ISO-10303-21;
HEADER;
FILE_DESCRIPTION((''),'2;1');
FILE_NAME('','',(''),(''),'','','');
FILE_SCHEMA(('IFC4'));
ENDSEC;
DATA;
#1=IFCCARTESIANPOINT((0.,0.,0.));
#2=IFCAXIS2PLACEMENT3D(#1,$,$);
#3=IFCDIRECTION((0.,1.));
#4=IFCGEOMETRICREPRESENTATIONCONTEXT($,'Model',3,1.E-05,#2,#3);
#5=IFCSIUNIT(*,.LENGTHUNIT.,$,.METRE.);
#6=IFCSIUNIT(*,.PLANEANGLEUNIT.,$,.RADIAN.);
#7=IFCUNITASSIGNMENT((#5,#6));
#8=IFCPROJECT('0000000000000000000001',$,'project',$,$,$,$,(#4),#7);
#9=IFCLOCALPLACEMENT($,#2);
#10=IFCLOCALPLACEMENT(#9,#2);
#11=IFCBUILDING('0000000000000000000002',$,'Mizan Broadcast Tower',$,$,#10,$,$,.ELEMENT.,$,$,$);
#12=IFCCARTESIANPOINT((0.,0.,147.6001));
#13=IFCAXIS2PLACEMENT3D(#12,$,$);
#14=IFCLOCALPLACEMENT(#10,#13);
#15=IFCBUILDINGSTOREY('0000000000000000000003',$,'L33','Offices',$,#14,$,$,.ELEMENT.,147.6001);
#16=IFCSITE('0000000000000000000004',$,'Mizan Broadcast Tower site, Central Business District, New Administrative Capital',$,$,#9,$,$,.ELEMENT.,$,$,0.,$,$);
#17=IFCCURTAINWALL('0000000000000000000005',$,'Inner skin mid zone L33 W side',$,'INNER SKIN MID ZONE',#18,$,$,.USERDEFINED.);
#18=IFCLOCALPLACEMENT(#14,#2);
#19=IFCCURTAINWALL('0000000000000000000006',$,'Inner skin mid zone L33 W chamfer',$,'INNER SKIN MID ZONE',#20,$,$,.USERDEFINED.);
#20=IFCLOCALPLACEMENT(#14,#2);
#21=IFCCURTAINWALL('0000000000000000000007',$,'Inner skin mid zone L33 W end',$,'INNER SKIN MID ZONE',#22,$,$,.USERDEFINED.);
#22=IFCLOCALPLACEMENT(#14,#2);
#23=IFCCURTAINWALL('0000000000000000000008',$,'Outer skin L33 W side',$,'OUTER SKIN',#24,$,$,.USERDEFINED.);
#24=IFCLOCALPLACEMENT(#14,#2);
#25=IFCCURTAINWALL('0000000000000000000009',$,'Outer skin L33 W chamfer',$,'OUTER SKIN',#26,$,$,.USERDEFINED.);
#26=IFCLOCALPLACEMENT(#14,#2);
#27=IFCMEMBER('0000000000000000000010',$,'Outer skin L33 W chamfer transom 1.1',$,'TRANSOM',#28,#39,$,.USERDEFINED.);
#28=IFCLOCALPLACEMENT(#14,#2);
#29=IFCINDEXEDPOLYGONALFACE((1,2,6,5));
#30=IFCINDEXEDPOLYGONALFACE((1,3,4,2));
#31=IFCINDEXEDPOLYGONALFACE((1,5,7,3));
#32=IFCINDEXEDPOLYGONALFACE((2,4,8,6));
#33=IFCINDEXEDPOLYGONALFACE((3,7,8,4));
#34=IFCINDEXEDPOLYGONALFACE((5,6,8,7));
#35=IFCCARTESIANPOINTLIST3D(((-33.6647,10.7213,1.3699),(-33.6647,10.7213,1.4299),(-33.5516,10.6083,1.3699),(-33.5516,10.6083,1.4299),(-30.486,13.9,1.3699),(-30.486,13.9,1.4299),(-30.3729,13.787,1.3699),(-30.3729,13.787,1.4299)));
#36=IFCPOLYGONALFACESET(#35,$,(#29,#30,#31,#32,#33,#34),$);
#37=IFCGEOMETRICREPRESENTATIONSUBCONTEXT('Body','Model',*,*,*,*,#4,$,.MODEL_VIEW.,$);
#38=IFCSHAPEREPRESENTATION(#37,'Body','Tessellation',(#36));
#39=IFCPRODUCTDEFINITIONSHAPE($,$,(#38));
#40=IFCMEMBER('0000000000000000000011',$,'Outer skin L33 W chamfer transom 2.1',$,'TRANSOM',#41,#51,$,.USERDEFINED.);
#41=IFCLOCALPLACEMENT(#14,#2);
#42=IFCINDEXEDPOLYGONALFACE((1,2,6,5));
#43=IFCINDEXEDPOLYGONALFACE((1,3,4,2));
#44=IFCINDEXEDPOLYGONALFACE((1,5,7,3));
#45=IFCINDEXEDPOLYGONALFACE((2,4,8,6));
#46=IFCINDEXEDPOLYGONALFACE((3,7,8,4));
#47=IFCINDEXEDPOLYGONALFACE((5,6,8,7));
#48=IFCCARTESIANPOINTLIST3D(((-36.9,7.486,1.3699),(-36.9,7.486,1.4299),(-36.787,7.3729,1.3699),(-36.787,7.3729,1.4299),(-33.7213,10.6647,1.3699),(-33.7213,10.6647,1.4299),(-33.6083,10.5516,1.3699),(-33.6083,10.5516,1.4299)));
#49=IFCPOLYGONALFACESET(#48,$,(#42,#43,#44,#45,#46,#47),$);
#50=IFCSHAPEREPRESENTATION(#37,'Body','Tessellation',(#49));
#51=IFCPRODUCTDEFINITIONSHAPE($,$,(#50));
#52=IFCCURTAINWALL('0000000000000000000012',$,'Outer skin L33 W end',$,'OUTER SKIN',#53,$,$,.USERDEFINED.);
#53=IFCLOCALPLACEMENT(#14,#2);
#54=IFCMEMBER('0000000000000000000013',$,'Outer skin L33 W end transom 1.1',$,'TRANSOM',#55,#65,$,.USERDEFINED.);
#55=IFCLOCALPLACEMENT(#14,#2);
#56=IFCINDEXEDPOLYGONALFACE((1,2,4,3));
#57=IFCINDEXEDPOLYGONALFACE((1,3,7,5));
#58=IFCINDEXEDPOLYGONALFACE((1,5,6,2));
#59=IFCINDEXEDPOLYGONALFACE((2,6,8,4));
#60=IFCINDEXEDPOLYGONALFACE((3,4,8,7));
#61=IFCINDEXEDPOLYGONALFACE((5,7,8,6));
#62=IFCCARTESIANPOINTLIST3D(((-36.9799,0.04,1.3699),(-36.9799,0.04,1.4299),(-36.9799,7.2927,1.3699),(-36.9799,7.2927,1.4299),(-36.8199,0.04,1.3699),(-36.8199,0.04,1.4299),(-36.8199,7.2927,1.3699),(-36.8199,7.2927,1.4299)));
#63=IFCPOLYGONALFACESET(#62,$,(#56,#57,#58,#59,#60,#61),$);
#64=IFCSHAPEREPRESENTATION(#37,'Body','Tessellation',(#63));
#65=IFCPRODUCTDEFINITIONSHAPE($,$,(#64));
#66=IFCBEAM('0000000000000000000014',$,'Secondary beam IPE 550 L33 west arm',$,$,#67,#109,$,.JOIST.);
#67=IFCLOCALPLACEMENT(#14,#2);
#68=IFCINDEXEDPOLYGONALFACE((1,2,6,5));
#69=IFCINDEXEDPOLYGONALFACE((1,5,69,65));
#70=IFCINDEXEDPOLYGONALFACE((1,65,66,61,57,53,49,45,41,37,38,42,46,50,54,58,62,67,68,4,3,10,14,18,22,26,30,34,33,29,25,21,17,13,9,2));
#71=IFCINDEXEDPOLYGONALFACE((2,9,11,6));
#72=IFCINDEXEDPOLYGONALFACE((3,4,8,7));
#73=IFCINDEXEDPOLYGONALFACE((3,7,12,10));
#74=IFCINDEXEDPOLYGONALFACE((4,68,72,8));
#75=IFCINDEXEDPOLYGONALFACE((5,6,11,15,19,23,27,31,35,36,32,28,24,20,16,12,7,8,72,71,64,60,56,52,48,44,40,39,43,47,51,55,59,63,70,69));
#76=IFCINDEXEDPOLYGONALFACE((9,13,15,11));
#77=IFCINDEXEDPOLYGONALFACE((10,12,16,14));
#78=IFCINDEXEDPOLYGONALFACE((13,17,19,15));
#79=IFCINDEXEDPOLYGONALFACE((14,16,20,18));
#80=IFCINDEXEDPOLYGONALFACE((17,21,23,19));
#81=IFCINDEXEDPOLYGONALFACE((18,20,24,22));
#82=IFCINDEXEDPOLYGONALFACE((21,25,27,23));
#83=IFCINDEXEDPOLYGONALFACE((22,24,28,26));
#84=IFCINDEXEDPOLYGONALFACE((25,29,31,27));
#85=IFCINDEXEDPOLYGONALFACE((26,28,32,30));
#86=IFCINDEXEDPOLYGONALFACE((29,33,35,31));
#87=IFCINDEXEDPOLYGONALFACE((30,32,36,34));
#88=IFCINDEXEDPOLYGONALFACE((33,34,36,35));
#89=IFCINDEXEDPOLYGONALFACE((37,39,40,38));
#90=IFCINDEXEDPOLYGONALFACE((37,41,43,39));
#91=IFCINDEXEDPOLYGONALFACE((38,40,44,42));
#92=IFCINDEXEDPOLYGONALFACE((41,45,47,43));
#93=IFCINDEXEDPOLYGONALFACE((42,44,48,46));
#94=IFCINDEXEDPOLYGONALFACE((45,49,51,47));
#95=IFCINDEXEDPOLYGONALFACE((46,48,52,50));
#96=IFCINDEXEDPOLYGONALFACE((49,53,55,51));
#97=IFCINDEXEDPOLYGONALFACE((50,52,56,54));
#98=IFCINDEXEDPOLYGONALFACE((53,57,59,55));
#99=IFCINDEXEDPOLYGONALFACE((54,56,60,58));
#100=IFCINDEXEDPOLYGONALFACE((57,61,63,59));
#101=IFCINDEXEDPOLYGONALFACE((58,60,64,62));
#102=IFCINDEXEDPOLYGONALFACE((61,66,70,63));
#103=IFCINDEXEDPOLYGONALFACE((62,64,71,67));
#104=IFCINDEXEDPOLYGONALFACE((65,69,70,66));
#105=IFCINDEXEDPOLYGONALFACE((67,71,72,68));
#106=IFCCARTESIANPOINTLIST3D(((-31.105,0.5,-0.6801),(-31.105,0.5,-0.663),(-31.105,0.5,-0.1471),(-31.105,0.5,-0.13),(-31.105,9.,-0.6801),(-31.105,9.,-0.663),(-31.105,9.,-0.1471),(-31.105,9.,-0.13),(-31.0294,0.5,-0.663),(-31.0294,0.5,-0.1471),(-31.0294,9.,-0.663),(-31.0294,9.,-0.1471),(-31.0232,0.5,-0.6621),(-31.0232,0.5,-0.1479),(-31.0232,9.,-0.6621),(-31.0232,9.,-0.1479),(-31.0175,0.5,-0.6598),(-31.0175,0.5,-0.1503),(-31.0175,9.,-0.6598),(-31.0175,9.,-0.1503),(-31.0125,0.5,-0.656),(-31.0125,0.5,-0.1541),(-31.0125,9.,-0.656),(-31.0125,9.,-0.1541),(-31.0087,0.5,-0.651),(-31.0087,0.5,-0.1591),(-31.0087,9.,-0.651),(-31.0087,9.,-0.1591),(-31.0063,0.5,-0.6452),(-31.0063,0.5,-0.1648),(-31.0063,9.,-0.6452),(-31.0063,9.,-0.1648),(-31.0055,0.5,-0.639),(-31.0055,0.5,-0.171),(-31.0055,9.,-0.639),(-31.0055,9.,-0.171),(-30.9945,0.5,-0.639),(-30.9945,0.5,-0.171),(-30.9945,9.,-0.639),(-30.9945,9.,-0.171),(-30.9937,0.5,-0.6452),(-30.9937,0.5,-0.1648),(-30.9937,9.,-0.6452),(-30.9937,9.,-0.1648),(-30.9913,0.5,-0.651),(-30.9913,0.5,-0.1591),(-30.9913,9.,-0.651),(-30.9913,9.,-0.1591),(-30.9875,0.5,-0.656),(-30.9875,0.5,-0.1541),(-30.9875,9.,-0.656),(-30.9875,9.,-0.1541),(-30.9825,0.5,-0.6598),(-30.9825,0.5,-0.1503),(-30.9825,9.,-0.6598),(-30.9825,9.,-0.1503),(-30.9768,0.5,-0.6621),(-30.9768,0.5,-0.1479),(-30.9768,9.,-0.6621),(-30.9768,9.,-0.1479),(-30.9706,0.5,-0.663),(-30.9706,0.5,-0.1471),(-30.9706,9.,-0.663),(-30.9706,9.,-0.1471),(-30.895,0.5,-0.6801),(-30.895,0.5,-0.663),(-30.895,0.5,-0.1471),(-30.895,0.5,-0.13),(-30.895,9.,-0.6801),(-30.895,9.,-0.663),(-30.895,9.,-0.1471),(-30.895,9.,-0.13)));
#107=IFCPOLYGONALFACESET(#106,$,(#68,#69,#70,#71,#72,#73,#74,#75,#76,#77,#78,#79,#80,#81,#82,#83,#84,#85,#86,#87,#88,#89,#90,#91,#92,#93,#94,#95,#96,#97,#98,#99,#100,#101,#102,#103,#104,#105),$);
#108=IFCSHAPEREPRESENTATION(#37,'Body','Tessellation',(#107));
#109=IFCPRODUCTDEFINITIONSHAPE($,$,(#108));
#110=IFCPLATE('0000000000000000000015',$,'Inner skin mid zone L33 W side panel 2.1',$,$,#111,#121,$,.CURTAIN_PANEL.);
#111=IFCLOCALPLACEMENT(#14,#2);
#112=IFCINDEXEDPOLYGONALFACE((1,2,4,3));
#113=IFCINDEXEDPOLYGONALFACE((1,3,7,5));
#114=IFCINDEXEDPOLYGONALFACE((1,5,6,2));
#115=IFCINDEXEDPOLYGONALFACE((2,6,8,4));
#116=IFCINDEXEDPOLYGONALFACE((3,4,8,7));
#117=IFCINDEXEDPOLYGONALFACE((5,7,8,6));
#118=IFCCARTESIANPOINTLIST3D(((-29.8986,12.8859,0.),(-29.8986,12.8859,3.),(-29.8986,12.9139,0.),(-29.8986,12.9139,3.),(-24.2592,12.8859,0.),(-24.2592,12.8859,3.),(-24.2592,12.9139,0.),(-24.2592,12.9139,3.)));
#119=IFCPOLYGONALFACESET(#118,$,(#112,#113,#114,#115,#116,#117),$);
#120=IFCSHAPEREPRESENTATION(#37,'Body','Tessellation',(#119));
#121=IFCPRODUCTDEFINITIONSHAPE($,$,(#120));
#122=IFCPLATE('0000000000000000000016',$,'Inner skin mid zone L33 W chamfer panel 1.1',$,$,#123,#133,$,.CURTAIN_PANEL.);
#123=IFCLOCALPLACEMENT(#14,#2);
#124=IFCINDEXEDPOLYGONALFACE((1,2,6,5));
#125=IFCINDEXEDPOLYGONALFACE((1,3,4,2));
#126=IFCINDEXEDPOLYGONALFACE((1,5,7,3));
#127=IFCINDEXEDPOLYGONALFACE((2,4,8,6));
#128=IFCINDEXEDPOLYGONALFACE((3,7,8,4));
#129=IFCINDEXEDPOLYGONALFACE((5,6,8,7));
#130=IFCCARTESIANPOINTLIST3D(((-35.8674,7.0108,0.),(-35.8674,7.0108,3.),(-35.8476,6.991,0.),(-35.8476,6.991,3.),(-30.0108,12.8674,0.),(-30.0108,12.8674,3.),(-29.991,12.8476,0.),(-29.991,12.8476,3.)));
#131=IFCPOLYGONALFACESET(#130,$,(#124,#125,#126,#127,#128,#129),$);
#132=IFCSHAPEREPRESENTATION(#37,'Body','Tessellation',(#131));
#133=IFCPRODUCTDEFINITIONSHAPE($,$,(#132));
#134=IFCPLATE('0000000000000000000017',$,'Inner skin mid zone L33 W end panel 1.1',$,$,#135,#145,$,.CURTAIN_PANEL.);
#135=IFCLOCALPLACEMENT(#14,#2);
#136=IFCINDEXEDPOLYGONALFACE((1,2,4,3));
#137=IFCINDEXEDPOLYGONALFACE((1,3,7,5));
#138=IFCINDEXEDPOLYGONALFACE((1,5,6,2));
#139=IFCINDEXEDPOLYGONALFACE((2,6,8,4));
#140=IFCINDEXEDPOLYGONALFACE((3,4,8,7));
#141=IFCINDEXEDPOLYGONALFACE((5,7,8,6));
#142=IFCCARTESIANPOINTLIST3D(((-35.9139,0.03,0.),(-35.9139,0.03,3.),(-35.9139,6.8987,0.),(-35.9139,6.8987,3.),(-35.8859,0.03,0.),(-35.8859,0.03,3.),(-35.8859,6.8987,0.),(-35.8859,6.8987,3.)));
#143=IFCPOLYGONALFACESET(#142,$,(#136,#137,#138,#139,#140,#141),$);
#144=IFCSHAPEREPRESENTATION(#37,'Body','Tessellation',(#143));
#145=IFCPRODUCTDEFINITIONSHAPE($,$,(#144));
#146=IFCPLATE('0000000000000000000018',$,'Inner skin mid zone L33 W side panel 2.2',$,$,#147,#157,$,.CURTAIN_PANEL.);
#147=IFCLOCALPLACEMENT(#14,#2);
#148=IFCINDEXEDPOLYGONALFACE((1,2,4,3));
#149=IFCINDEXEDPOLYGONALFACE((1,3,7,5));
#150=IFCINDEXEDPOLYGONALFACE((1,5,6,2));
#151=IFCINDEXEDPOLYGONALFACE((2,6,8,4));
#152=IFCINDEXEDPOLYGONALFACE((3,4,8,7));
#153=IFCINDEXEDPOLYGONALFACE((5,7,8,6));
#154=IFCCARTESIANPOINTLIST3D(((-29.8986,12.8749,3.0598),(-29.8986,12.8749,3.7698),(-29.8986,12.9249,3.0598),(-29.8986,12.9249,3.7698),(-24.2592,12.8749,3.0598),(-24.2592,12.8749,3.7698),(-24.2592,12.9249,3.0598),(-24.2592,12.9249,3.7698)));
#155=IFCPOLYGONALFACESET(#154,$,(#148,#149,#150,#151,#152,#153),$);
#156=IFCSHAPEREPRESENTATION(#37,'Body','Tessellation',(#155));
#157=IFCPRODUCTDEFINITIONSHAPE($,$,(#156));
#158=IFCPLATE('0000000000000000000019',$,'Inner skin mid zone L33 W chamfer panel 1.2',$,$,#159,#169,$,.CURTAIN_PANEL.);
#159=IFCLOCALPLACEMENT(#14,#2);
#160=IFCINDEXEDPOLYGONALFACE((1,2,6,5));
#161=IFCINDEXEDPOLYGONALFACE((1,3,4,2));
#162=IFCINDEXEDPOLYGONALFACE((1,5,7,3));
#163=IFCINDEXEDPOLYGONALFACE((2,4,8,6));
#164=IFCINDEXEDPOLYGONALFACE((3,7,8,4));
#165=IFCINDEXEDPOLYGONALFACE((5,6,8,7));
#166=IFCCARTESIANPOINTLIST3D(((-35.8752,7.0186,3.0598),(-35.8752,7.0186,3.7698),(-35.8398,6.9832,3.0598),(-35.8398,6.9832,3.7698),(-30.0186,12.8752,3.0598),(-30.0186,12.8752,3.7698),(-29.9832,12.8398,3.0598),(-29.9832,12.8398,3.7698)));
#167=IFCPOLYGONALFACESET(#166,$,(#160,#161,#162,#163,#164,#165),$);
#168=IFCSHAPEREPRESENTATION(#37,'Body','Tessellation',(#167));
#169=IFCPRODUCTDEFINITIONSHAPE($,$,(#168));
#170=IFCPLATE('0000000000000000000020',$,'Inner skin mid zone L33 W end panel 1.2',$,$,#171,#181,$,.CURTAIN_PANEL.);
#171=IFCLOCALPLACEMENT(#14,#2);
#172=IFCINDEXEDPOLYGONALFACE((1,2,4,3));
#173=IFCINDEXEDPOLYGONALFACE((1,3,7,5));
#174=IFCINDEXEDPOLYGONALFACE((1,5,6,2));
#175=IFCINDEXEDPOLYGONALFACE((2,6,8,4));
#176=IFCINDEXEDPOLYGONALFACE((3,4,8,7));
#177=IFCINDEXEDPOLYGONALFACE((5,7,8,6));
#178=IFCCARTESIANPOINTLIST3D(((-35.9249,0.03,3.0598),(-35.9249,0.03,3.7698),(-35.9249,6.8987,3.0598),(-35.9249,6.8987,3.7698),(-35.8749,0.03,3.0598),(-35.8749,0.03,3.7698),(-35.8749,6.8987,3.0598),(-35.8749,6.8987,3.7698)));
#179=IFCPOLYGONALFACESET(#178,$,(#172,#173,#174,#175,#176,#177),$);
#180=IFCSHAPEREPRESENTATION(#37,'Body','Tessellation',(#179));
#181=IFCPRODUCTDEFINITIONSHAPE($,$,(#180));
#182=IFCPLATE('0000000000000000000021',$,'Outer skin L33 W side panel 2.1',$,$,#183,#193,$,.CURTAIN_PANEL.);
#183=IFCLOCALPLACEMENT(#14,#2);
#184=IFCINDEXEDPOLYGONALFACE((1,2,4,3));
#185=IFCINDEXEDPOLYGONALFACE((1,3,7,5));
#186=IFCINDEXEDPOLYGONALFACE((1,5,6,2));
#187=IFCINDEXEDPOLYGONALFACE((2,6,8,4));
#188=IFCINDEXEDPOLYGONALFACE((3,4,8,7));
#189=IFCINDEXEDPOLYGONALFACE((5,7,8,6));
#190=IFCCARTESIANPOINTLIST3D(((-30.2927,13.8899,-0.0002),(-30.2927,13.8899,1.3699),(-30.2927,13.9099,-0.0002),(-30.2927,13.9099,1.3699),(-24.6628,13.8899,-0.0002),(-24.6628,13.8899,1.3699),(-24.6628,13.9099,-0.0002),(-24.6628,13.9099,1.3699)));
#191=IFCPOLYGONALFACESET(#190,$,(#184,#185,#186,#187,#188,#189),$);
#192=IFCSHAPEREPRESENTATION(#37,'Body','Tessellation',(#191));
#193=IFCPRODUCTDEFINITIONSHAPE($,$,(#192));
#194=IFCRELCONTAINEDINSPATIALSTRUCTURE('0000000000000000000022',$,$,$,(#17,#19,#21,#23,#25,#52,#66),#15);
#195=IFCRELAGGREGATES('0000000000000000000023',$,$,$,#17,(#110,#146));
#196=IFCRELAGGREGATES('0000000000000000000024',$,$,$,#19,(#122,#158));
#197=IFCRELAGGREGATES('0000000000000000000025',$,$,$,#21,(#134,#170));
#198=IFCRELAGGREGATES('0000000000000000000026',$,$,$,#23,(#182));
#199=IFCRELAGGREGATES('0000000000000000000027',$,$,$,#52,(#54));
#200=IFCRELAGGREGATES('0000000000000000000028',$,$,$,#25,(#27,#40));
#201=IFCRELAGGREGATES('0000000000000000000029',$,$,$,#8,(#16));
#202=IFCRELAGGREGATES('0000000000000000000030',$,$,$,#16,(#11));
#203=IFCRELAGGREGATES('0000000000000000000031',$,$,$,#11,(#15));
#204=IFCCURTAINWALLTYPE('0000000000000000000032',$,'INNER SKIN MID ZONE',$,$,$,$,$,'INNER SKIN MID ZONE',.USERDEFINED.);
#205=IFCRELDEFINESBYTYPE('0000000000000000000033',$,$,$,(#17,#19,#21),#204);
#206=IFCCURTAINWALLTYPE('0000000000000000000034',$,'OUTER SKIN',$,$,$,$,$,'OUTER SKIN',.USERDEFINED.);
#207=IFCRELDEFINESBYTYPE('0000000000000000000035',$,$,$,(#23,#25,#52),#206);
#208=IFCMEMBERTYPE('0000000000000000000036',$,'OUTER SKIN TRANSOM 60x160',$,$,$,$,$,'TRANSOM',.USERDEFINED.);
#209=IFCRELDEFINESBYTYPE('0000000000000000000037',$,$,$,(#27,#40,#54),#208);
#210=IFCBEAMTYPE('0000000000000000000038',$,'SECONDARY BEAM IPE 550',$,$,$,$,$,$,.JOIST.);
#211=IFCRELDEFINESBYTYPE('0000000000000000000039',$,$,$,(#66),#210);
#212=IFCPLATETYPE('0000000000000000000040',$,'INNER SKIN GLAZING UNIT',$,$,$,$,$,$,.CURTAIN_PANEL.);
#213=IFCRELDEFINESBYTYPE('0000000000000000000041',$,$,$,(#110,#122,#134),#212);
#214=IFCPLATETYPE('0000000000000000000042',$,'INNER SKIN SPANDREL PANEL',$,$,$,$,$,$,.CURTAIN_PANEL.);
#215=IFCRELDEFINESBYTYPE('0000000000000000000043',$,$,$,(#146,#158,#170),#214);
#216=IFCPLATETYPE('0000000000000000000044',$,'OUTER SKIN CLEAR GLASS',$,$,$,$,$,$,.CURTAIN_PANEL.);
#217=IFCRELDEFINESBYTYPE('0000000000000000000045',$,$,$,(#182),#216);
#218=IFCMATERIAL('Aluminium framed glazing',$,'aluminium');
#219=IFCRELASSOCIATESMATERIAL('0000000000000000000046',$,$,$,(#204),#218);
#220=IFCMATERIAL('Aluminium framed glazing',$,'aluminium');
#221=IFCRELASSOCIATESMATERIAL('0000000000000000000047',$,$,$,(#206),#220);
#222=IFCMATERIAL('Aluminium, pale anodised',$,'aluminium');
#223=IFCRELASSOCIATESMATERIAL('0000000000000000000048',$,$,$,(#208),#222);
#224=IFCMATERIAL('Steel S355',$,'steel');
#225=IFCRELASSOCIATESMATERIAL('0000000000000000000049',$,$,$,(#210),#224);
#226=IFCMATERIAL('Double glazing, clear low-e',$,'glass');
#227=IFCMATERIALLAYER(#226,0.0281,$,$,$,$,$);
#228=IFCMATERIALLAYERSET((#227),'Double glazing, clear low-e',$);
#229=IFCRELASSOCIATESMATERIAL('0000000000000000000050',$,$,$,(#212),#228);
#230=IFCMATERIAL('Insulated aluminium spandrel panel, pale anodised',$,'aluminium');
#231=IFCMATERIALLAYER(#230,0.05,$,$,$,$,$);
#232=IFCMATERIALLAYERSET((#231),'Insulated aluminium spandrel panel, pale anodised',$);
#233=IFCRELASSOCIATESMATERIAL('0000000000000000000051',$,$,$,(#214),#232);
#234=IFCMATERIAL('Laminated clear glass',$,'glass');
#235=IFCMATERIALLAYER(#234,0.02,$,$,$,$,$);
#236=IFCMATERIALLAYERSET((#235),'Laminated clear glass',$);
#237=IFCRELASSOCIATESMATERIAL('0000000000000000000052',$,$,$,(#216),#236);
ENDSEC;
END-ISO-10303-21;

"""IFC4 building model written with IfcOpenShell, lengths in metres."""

from ifc_helpers import new_model, si_unit, direction, frame, origin, origin_2d, place, context, subcontext, project, spatial, rectangle, i_section, extrude, material, layer, layer_set, material_profile, profile_set, type_object, element, aggregate, save


model = new_model("IFC4")

# Units and contexts
model_context = context("Model", 3, precision=1e-05, world=origin(), true_north=direction((0.0, 1.0)))
body_context = subcontext(model_context, "Body", "Model", "MODEL_VIEW")
ifc_project = project(units=[si_unit("LENGTHUNIT", "METRE"), si_unit("PLANEANGLEUNIT", "RADIAN")], contexts=[model_context])

# Site, building, storey
site_placement = place(None, origin())
site = spatial("IfcSite", under=ifc_project, at=site_placement, Name="Mizan Broadcast Tower site, Central Business District, New Administrative Capital", CompositionType="ELEMENT", RefElevation=0.0)
building_placement = place(site_placement, origin())
building = spatial("IfcBuilding", under=site, at=building_placement, Name="Mizan Broadcast Tower", CompositionType="ELEMENT")
storey_placement = place(building_placement, frame((0.0, 0.0, 147.6001)))
storey = spatial("IfcBuildingStorey", under=building, at=storey_placement, Name="L33", Description="Offices", CompositionType="ELEMENT", Elevation=147.6001)

# Curtain wall
ifc_material_1 = material(Name="Aluminium framed glazing", Category="aluminium")
curtain_wall_type_1 = type_object("IfcCurtainWallType", Name="INNER SKIN MID ZONE", ElementType="INNER SKIN MID ZONE", PredefinedType="USERDEFINED", material=ifc_material_1)
curtain_wall_1_placement = place(storey_placement, origin())
curtain_wall_1 = element("IfcCurtainWall", 1, at=curtain_wall_1_placement, inside=storey, type_object=curtain_wall_type_1, Name="Inner skin mid zone L33 W side", ObjectType="INNER SKIN MID ZONE", PredefinedType="USERDEFINED")

# Curtain wall
curtain_wall_2_placement = place(storey_placement, origin())
curtain_wall_2 = element("IfcCurtainWall", 2, at=curtain_wall_2_placement, inside=storey, type_object=curtain_wall_type_1, Name="Inner skin mid zone L33 W chamfer", ObjectType="INNER SKIN MID ZONE", PredefinedType="USERDEFINED")

# Curtain walls
curtain_wall_3_placement = place(storey_placement, origin())
curtain_wall_3 = element("IfcCurtainWall", 3, at=curtain_wall_3_placement, inside=storey, type_object=curtain_wall_type_1, Name="Inner skin mid zone L33 W end", ObjectType="INNER SKIN MID ZONE", PredefinedType="USERDEFINED")
ifc_material_2 = material(Name="Aluminium framed glazing", Category="aluminium")
curtain_wall_type_2 = type_object("IfcCurtainWallType", Name="OUTER SKIN", ElementType="OUTER SKIN", PredefinedType="USERDEFINED", material=ifc_material_2)
curtain_wall_4_placement = place(storey_placement, origin())
curtain_wall_4 = element("IfcCurtainWall", 4, at=curtain_wall_4_placement, inside=storey, type_object=curtain_wall_type_2, Name="Outer skin L33 W side", ObjectType="OUTER SKIN", PredefinedType="USERDEFINED")

# Curtain wall, members
curtain_wall_5_placement = place(storey_placement, origin())
curtain_wall_5 = element("IfcCurtainWall", 5, at=curtain_wall_5_placement, inside=storey, type_object=curtain_wall_type_2, Name="Outer skin L33 W chamfer", ObjectType="OUTER SKIN", PredefinedType="USERDEFINED")
ifc_material_3 = material(Name="Aluminium, pale anodised", Category="aluminium")
ifc_material_profile_1 = material_profile(ifc_material_3, rectangle(XDim=0.1599, YDim=0.0601, at=origin_2d()), Name="TRANSOM 160x60")
ifc_profile_set_1 = profile_set([ifc_material_profile_1], Name="Aluminium, pale anodised")
member_type_1 = type_object("IfcMemberType", Name="OUTER SKIN TRANSOM 60x160", ElementType="TRANSOM", PredefinedType="USERDEFINED", material=ifc_profile_set_1)
member_1_placement = place(storey_placement, frame((-30.4294, 13.8435, 1.3999), z_axis=(-0.707107, -0.707107, 0.0), x_axis=(0.707107, -0.707107, 0.0)))
member_1 = element("IfcMember", 6, at=member_1_placement, type_object=member_type_1, Name="Outer skin L33 W chamfer transom 1.1", ObjectType="TRANSOM", PredefinedType="USERDEFINED", context=body_context, shape_type="SweptSolid", body=[
    extrude(rectangle(XDim=0.1599, YDim=0.0601, at=origin_2d()), origin(), (0.0, 0.0, 1.0), 4.4954),
])
member_2_placement = place(storey_placement, frame((-33.6648, 10.6082, 1.3999), z_axis=(-0.707107, -0.707107, 0.0), x_axis=(0.707107, -0.707107, 0.0)))
member_2 = element("IfcMember", 7, at=member_2_placement, type_object=member_type_1, Name="Outer skin L33 W chamfer transom 2.1", ObjectType="TRANSOM", PredefinedType="USERDEFINED", context=body_context, shape_type="SweptSolid", body=[
    extrude(rectangle(XDim=0.1599, YDim=0.0601, at=origin_2d()), origin(), (0.0, 0.0, 1.0), 4.4954),
])

# Curtain wall, member
curtain_wall_6_placement = place(storey_placement, origin())
curtain_wall_6 = element("IfcCurtainWall", 8, at=curtain_wall_6_placement, inside=storey, type_object=curtain_wall_type_2, Name="Outer skin L33 W end", ObjectType="OUTER SKIN", PredefinedType="USERDEFINED")
member_3_placement = place(storey_placement, frame((-36.8999, 7.2927, 1.3999), z_axis=(0.0, -1.0, 0.0), x_axis=(1.0, 0.0, 0.0)))
member_3 = element("IfcMember", 9, at=member_3_placement, type_object=member_type_1, Name="Outer skin L33 W end transom 1.1", ObjectType="TRANSOM", PredefinedType="USERDEFINED", context=body_context, shape_type="SweptSolid", body=[
    extrude(rectangle(XDim=0.1599, YDim=0.0601, at=origin_2d()), origin(), (0.0, 0.0, 1.0), 7.2527),
])

# Beam
ifc_material_4 = material(Name="Steel S355", Category="steel")
ifc_material_profile_2 = material_profile(ifc_material_4, i_section(OverallWidth=0.21, OverallDepth=0.55, WebThickness=0.011, FlangeThickness=0.0171, FilletRadius=0.0239, at=origin_2d()), Name="IPE 550")
ifc_profile_set_2 = profile_set([ifc_material_profile_2], Name="Steel S355")
beam_type_1 = type_object("IfcBeamType", Name="SECONDARY BEAM IPE 550", PredefinedType="JOIST", material=ifc_profile_set_2)
beam_1_placement = place(storey_placement, frame((-31.0, 9.0, -0.405), z_axis=(0.0, -1.0, 0.0), x_axis=(1.0, 0.0, 0.0)))
element("IfcBeam", 10, at=beam_1_placement, inside=storey, type_object=beam_type_1, Name="Secondary beam IPE 550 L33 west arm", PredefinedType="JOIST", context=body_context, shape_type="SweptSolid", body=[
    extrude(i_section(OverallWidth=0.21, OverallDepth=0.55, WebThickness=0.011, FlangeThickness=0.0171, FilletRadius=0.0239, at=origin_2d()), origin(), (0.0, 0.0, 1.0), 8.5),
])

# Plates
ifc_material_5 = material(Name="Double glazing, clear low-e", Category="glass")
ifc_layer_1 = layer(ifc_material_5, 0.0281)
ifc_layer_set_1 = layer_set([ifc_layer_1], Name="Double glazing, clear low-e")
plate_type_1 = type_object("IfcPlateType", Name="INNER SKIN GLAZING UNIT", PredefinedType="CURTAIN_PANEL", material=ifc_layer_set_1)
plate_1_placement = place(storey_placement, frame((-27.0789, 12.8999, 0.0), z_axis=(0.0, 0.0, 1.0), x_axis=(-1.0, 0.0, 0.0)))
plate_1 = element("IfcPlate", 11, at=plate_1_placement, type_object=plate_type_1, Name="Inner skin mid zone L33 W side panel 2.1", PredefinedType="CURTAIN_PANEL", context=body_context, shape_type="SweptSolid", body=[
    extrude(rectangle(XDim=5.6394, YDim=0.0281, at=origin_2d()), origin(), (0.0, 0.0, 1.0), 3.0),
])
plate_2_placement = place(storey_placement, frame((-32.9292, 9.9292, 0.0), z_axis=(0.0, 0.0, 1.0), x_axis=(-0.707107, -0.707107, 0.0)))
plate_2 = element("IfcPlate", 12, at=plate_2_placement, type_object=plate_type_1, Name="Inner skin mid zone L33 W chamfer panel 1.1", PredefinedType="CURTAIN_PANEL", context=body_context, shape_type="SweptSolid", body=[
    extrude(rectangle(XDim=8.2825, YDim=0.0281, at=origin_2d()), origin(), (0.0, 0.0, 1.0), 3.0),
])
plate_3_placement = place(storey_placement, frame((-35.8999, 3.4644, 0.0), z_axis=(0.0, 0.0, 1.0), x_axis=(0.0, -1.0, 0.0)))
plate_3 = element("IfcPlate", 13, at=plate_3_placement, type_object=plate_type_1, Name="Inner skin mid zone L33 W end panel 1.1", PredefinedType="CURTAIN_PANEL", context=body_context, shape_type="SweptSolid", body=[
    extrude(rectangle(XDim=6.8687, YDim=0.0281, at=origin_2d()), origin(), (0.0, 0.0, 1.0), 3.0),
])
ifc_material_6 = material(Name="Insulated aluminium spandrel panel, pale anodised", Category="aluminium")
ifc_layer_2 = layer(ifc_material_6, 0.05)
ifc_layer_set_2 = layer_set([ifc_layer_2], Name="Insulated aluminium spandrel panel, pale anodised")
plate_type_2 = type_object("IfcPlateType", Name="INNER SKIN SPANDREL PANEL", PredefinedType="CURTAIN_PANEL", material=ifc_layer_set_2)
plate_4_placement = place(storey_placement, frame((-27.0789, 12.8999, 3.0598), z_axis=(0.0, 0.0, 1.0), x_axis=(-1.0, 0.0, 0.0)))
plate_4 = element("IfcPlate", 14, at=plate_4_placement, type_object=plate_type_2, Name="Inner skin mid zone L33 W side panel 2.2", PredefinedType="CURTAIN_PANEL", context=body_context, shape_type="SweptSolid", body=[
    extrude(rectangle(XDim=5.6394, YDim=0.05, at=origin_2d()), origin(), (0.0, 0.0, 1.0), 0.71),
])
aggregate(curtain_wall_1, [plate_1, plate_4])
plate_5_placement = place(storey_placement, frame((-32.9292, 9.9292, 3.0598), z_axis=(0.0, 0.0, 1.0), x_axis=(-0.707107, -0.707107, 0.0)))
plate_5 = element("IfcPlate", 15, at=plate_5_placement, type_object=plate_type_2, Name="Inner skin mid zone L33 W chamfer panel 1.2", PredefinedType="CURTAIN_PANEL", context=body_context, shape_type="SweptSolid", body=[
    extrude(rectangle(XDim=8.2825, YDim=0.05, at=origin_2d()), origin(), (0.0, 0.0, 1.0), 0.71),
])
aggregate(curtain_wall_2, [plate_2, plate_5])
plate_6_placement = place(storey_placement, frame((-35.8999, 3.4644, 3.0598), z_axis=(0.0, 0.0, 1.0), x_axis=(0.0, -1.0, 0.0)))
plate_6 = element("IfcPlate", 16, at=plate_6_placement, type_object=plate_type_2, Name="Inner skin mid zone L33 W end panel 1.2", PredefinedType="CURTAIN_PANEL", context=body_context, shape_type="SweptSolid", body=[
    extrude(rectangle(XDim=6.8687, YDim=0.05, at=origin_2d()), origin(), (0.0, 0.0, 1.0), 0.71),
])
aggregate(curtain_wall_3, [plate_3, plate_6])
ifc_material_7 = material(Name="Laminated clear glass", Category="glass")
ifc_layer_3 = layer(ifc_material_7, 0.02)
ifc_layer_set_3 = layer_set([ifc_layer_3], Name="Laminated clear glass")
plate_type_3 = type_object("IfcPlateType", Name="OUTER SKIN CLEAR GLASS", PredefinedType="CURTAIN_PANEL", material=ifc_layer_set_3)
plate_7_placement = place(storey_placement, frame((-27.4778, 13.8999, -0.0002), z_axis=(0.0, 0.0, 1.0), x_axis=(-1.0, 0.0, 0.0)))
plate_7 = element("IfcPlate", 17, at=plate_7_placement, type_object=plate_type_3, Name="Outer skin L33 W side panel 2.1", PredefinedType="CURTAIN_PANEL", context=body_context, shape_type="SweptSolid", body=[
    extrude(rectangle(XDim=5.6299, YDim=0.02, at=origin_2d()), origin(), (0.0, 0.0, 1.0), 1.3701),
])
aggregate(curtain_wall_4, [plate_7])
aggregate(curtain_wall_6, [member_3])
aggregate(curtain_wall_5, [member_1, member_2])

save(model, "model.ifc")
